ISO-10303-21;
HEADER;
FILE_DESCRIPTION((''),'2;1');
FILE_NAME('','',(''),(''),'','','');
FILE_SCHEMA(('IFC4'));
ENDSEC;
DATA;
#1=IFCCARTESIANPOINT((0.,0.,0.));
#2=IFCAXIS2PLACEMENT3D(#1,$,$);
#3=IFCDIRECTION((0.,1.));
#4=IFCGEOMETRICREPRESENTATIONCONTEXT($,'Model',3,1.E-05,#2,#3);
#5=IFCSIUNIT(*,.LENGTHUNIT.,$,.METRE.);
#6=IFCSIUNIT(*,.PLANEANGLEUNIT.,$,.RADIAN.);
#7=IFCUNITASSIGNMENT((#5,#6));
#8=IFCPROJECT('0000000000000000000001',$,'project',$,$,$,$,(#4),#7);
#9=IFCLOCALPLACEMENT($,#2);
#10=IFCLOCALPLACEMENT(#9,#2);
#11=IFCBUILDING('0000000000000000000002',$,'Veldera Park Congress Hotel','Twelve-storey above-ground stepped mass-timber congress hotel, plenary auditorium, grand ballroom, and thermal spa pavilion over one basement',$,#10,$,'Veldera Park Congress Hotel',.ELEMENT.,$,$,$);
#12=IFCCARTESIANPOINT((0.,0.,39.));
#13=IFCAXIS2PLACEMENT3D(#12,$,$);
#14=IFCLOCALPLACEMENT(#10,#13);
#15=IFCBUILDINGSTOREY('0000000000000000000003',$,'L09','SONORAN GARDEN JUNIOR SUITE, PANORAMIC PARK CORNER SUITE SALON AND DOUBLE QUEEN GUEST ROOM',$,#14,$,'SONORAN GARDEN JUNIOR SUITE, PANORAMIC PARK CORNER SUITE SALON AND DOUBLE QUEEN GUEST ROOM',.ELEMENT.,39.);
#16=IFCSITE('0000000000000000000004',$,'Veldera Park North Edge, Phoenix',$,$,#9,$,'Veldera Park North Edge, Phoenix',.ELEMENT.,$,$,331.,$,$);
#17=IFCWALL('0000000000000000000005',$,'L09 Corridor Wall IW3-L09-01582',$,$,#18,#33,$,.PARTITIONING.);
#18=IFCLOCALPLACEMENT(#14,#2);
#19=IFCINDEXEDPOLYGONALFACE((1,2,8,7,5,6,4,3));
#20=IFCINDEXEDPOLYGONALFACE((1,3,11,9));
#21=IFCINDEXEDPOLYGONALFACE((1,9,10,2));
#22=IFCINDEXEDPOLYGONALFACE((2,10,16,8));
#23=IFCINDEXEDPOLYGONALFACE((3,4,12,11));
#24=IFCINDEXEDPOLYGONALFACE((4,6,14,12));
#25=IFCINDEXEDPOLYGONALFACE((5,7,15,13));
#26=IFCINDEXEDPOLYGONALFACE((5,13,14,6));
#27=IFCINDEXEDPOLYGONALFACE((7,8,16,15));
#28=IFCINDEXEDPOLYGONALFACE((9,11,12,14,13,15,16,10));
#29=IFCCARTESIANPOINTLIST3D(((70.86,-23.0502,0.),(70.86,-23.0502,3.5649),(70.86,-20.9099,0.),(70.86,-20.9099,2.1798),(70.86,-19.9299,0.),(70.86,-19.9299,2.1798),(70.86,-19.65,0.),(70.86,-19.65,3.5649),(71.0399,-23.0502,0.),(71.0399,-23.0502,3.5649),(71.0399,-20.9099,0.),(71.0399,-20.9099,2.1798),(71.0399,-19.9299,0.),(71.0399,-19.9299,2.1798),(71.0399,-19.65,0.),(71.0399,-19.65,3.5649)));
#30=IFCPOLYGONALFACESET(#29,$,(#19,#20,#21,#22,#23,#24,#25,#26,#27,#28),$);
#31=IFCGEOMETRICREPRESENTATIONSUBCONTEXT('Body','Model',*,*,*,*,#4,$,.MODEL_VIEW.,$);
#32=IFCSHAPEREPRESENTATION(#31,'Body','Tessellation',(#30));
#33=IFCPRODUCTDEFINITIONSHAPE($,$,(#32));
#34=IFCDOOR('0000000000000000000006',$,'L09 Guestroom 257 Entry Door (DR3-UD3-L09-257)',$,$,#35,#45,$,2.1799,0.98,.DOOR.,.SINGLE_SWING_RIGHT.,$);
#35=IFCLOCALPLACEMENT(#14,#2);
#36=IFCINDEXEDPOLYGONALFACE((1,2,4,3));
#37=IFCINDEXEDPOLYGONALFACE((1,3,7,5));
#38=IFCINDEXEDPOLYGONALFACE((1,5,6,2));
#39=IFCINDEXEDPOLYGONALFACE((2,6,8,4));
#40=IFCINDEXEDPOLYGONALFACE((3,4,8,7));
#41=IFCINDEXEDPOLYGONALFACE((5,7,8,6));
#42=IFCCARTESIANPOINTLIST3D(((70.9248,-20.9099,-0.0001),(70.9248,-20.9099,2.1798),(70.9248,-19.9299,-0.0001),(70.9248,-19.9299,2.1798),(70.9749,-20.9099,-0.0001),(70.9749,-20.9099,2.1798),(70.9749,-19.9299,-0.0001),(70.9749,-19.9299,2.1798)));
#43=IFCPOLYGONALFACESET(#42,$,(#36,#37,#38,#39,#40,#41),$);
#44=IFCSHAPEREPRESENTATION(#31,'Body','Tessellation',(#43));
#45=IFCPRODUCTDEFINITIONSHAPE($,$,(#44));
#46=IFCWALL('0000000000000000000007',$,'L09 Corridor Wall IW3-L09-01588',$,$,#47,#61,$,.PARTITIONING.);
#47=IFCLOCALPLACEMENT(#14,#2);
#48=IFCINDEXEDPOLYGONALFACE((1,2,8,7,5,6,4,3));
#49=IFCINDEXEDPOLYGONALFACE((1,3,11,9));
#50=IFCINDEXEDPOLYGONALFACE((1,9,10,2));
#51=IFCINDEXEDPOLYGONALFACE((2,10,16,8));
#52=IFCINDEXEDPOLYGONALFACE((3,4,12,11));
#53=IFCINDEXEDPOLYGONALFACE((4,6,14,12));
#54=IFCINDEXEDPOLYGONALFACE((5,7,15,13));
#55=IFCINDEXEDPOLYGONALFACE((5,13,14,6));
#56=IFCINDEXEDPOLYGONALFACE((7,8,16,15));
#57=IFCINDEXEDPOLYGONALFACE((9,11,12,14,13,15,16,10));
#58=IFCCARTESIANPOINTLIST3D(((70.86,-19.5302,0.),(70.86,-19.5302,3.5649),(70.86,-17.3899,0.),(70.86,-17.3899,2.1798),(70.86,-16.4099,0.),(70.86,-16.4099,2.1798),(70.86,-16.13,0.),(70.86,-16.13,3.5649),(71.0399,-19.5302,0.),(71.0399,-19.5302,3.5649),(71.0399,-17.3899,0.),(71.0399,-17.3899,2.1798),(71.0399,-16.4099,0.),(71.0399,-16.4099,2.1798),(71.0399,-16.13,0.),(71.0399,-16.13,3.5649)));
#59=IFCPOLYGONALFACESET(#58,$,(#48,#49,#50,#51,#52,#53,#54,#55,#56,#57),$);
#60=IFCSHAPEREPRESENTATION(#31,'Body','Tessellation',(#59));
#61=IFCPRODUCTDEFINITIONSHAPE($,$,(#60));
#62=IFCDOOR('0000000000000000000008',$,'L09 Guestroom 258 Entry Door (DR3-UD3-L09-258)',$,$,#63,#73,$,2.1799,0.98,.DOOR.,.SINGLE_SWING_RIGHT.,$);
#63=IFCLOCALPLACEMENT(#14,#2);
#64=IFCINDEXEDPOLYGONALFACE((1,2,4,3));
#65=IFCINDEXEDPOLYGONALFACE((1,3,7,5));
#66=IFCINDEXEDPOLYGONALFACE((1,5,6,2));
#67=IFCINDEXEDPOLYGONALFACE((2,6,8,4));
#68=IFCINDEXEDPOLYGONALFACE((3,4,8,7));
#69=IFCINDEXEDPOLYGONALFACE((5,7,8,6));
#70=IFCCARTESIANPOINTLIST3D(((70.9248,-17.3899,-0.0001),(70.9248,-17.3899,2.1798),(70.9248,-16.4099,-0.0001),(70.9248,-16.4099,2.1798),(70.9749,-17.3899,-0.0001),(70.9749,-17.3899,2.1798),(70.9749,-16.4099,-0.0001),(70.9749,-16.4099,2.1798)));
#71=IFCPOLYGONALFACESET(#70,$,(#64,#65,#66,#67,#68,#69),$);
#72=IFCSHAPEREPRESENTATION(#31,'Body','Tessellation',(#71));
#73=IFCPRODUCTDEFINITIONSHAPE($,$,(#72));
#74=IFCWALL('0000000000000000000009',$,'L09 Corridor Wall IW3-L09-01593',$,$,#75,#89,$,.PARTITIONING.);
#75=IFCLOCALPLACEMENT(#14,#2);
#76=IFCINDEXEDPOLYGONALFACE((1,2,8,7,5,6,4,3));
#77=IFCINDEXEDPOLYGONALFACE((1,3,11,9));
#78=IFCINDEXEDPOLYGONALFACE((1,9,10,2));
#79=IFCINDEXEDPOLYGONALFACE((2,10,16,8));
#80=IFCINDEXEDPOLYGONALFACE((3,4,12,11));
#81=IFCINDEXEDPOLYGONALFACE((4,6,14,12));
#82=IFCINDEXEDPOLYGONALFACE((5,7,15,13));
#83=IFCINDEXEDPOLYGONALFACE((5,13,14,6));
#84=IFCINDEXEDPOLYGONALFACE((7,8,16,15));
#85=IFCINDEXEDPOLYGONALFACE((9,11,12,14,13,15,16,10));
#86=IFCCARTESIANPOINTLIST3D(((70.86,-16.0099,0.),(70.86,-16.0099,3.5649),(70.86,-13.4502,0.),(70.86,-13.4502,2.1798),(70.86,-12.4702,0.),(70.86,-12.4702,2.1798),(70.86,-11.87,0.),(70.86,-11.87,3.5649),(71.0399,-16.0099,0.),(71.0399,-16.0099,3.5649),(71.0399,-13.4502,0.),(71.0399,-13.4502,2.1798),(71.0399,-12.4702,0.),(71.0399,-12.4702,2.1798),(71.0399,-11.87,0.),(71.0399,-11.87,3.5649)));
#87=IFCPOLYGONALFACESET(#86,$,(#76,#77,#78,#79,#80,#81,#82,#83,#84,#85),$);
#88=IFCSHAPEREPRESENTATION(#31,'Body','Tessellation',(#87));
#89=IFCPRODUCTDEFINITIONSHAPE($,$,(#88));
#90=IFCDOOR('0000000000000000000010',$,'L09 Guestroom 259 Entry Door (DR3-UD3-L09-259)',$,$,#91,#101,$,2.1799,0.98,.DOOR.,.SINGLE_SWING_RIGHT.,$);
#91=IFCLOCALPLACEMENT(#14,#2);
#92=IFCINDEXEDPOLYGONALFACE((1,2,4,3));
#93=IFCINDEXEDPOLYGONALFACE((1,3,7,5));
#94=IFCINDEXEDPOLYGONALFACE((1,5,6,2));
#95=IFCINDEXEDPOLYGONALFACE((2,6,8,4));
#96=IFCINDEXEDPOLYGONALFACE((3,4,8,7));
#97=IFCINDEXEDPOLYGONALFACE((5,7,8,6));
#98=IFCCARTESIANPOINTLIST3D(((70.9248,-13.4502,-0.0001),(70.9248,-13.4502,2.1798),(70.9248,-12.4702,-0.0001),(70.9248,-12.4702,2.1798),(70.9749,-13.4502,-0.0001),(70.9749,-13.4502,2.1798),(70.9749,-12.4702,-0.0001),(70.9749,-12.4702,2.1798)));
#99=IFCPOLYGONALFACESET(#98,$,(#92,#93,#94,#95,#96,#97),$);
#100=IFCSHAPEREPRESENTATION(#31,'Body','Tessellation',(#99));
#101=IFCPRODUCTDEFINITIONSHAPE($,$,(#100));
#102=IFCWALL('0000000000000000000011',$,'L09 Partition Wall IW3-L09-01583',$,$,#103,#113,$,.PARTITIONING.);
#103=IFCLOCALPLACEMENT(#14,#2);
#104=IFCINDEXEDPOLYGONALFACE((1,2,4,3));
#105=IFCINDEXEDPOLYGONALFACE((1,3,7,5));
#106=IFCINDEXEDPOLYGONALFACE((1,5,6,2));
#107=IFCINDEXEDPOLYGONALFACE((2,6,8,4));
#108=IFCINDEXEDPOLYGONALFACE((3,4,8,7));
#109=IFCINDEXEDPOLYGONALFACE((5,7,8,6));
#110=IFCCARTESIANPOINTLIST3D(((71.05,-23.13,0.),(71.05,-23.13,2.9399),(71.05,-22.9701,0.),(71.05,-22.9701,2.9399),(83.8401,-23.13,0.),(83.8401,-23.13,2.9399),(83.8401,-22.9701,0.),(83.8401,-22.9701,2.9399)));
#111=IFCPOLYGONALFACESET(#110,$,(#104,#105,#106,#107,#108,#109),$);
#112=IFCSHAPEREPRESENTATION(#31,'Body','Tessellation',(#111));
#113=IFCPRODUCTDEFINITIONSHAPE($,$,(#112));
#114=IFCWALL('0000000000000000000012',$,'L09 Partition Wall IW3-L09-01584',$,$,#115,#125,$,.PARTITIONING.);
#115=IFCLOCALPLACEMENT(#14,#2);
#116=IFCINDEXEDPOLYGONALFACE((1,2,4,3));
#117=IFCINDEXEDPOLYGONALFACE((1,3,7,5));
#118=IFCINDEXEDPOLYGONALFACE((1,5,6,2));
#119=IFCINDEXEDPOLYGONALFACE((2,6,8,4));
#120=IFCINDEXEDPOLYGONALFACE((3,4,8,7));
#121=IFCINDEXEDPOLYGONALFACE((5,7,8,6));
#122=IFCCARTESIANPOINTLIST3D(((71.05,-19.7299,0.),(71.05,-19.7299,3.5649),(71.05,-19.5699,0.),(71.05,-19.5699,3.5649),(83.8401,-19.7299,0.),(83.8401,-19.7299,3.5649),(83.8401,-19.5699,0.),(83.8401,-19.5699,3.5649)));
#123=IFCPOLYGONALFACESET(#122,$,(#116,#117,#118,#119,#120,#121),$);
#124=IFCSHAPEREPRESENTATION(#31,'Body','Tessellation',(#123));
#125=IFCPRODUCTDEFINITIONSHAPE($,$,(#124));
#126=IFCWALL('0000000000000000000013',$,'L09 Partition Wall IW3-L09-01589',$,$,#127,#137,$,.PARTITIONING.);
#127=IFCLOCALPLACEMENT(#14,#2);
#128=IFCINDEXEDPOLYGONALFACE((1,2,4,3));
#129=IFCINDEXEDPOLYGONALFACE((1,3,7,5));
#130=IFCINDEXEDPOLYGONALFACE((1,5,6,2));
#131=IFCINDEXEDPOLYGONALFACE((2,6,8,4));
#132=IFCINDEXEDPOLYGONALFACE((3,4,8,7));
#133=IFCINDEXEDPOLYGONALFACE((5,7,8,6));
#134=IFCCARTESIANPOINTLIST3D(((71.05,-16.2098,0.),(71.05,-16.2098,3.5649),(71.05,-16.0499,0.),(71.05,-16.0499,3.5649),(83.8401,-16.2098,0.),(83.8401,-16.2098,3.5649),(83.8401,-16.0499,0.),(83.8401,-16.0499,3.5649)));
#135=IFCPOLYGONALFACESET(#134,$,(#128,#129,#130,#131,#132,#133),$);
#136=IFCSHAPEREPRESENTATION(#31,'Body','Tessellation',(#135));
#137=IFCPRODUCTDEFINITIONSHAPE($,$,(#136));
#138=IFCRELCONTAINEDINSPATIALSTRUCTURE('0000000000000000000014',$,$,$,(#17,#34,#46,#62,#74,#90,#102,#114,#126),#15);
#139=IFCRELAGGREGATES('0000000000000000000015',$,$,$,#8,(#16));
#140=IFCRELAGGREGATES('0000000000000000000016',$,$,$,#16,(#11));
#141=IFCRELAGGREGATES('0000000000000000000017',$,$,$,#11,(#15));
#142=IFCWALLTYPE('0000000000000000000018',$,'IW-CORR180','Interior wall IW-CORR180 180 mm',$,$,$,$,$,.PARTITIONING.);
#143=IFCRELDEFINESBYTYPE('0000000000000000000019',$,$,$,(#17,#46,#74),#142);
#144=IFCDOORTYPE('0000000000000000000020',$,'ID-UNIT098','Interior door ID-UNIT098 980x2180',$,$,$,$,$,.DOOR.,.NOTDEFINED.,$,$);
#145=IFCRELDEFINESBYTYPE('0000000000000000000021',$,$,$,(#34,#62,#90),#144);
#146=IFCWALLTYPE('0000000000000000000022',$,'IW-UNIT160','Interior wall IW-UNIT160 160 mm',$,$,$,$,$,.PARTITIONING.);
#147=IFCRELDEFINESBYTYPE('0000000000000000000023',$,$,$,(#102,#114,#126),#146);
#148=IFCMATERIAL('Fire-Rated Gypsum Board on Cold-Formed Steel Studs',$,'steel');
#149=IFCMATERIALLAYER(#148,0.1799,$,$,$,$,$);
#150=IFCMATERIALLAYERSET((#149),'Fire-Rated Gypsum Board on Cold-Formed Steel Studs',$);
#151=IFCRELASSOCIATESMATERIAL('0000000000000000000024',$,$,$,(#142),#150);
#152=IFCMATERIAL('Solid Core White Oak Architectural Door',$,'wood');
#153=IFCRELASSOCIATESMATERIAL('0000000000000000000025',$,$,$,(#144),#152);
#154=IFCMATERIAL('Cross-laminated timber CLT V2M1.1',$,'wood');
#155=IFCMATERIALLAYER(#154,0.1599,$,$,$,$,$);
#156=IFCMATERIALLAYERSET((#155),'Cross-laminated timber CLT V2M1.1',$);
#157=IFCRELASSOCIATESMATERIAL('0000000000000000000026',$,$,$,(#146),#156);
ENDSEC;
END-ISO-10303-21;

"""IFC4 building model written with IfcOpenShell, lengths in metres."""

from ifc_helpers import new_model, si_unit, direction, frame, frame_2d, origin, place, context, subcontext, project, spatial, rectangle, extrude, material, layer, layer_set, type_object, element, fill, save


model = new_model("IFC4")

# Units and contexts
model_context = context("Model", 3, precision=1e-05, world=origin(), true_north=direction((0.0, 1.0)))
body_context = subcontext(model_context, "Body", "Model", "MODEL_VIEW")
ifc_project = project(units=[si_unit("LENGTHUNIT", "METRE"), si_unit("PLANEANGLEUNIT", "RADIAN")], contexts=[model_context])

# Site, building, storey
site_placement = place(None, origin())
site = spatial("IfcSite", under=ifc_project, at=site_placement, Name="Veldera Park North Edge, Phoenix", LongName="Veldera Park North Edge, Phoenix", CompositionType="ELEMENT", RefElevation=331.0)
building_placement = place(site_placement, origin())
building = spatial("IfcBuilding", under=site, at=building_placement, Name="Veldera Park Congress Hotel", Description="Twelve-storey above-ground stepped mass-timber congress hotel, plenary auditorium, grand ballroom, and thermal spa pavilion over one basement", LongName="Veldera Park Congress Hotel", CompositionType="ELEMENT")
storey_placement = place(building_placement, frame((0.0, 0.0, 39.0)))
storey = spatial("IfcBuildingStorey", under=building, at=storey_placement, Name="L09", Description="SONORAN GARDEN JUNIOR SUITE, PANORAMIC PARK CORNER SUITE SALON AND DOUBLE QUEEN GUEST ROOM", LongName="SONORAN GARDEN JUNIOR SUITE, PANORAMIC PARK CORNER SUITE SALON AND DOUBLE QUEEN GUEST ROOM", CompositionType="ELEMENT", Elevation=39.0)

# Shared definitions
ifc_material_1 = material(Name="Cross-laminated timber CLT V2M1.1", Category="wood")

# Shared definitions
ifc_material_2 = material(Name="Fire-Rated Gypsum Board on Cold-Formed Steel Studs", Category="steel")
ifc_layer_1 = layer(ifc_material_2, 0.1799)
ifc_layer_set_1 = layer_set([ifc_layer_1], Name="Fire-Rated Gypsum Board on Cold-Formed Steel Studs")
wall_type_1 = type_object("IfcWallType", Name="IW-CORR180", Description="Interior wall IW-CORR180 180 mm", PredefinedType="PARTITIONING", material=ifc_layer_set_1)
ifc_material_3 = material(Name="Solid Core White Oak Architectural Door", Category="wood")

# Walls, openings, doors
wall_1_placement = place(storey_placement, frame((70.95, -19.6499, 0.0), z_axis=(0.0, 0.0, 1.0), x_axis=(0.0, -1.0, 0.0)))
wall_1 = element("IfcWall", 1, at=wall_1_placement, inside=storey, type_object=wall_type_1, Name="L09 Corridor Wall IW3-L09-01582", PredefinedType="PARTITIONING", context=body_context, shape_type="SweptSolid", body=[
    extrude(rectangle(XDim=3.4001, YDim=0.1799, at=frame_2d((1.7002, 0.0))), origin(), (0.0, 0.0, 1.0), 3.5649),
])
opening_1_placement = place(wall_1_placement, frame((0.28, 0.0, 0.0)))
opening_1 = element("IfcOpeningElement", 2, at=opening_1_placement, cuts=wall_1, PredefinedType="OPENING", context=body_context, shape_type="SweptSolid", body=[
    extrude(rectangle(XDim=0.98, YDim=2.1799, at=frame_2d((0.49, 1.0898))), frame((0.0, 0.1021, 0.0), z_axis=(0.0, -1.0, 0.0), x_axis=(1.0, 0.0, 0.0)), (0.0, 0.0, 1.0), 0.2039),
])
door_type_1 = type_object("IfcDoorType", Name="ID-UNIT098", Description="Interior door ID-UNIT098 980x2180", OperationType="NOTDEFINED", PredefinedType="DOOR", material=ifc_material_3)
door_1_placement = place(opening_1_placement, origin())
door_1 = element("IfcDoor", 3, at=door_1_placement, inside=storey, type_object=door_type_1, Name="L09 Guestroom 257 Entry Door (DR3-UD3-L09-257)", OperationType="SINGLE_SWING_RIGHT", OverallHeight=2.1799, OverallWidth=0.98, PredefinedType="DOOR", context=body_context, shape_type="SweptSolid", body=[
    extrude(rectangle(XDim=0.98, YDim=2.1799, at=frame_2d((0.49, 1.0898))), frame((0.0, 0.0249, 0.0), z_axis=(0.0, -1.0, 0.0), x_axis=(1.0, 0.0, 0.0)), (0.0, 0.0, 1.0), 0.05),
])
fill(opening_1, door_1)
wall_2_placement = place(storey_placement, frame((70.95, -16.1299, 0.0), z_axis=(0.0, 0.0, 1.0), x_axis=(0.0, -1.0, 0.0)))
wall_2 = element("IfcWall", 4, at=wall_2_placement, inside=storey, type_object=wall_type_1, Name="L09 Corridor Wall IW3-L09-01588", PredefinedType="PARTITIONING", context=body_context, shape_type="SweptSolid", body=[
    extrude(rectangle(XDim=3.4001, YDim=0.1799, at=frame_2d((1.7002, 0.0))), origin(), (0.0, 0.0, 1.0), 3.5649),
])
opening_2_placement = place(wall_2_placement, frame((0.28, 0.0, 0.0)))
opening_2 = element("IfcOpeningElement", 5, at=opening_2_placement, cuts=wall_2, PredefinedType="OPENING", context=body_context, shape_type="SweptSolid", body=[
    extrude(rectangle(XDim=0.98, YDim=2.1799, at=frame_2d((0.49, 1.0898))), frame((0.0, 0.1021, 0.0), z_axis=(0.0, -1.0, 0.0), x_axis=(1.0, 0.0, 0.0)), (0.0, 0.0, 1.0), 0.2039),
])
door_2_placement = place(opening_2_placement, origin())
door_2 = element("IfcDoor", 6, at=door_2_placement, inside=storey, type_object=door_type_1, Name="L09 Guestroom 258 Entry Door (DR3-UD3-L09-258)", OperationType="SINGLE_SWING_RIGHT", OverallHeight=2.1799, OverallWidth=0.98, PredefinedType="DOOR", context=body_context, shape_type="SweptSolid", body=[
    extrude(rectangle(XDim=0.98, YDim=2.1799, at=frame_2d((0.49, 1.0898))), frame((0.0, 0.0249, 0.0), z_axis=(0.0, -1.0, 0.0), x_axis=(1.0, 0.0, 0.0)), (0.0, 0.0, 1.0), 0.05),
])
fill(opening_2, door_2)
wall_3_placement = place(storey_placement, frame((70.95, -11.8701, 0.0), z_axis=(0.0, 0.0, 1.0), x_axis=(0.0, -1.0, 0.0)))
wall_3 = element("IfcWall", 7, at=wall_3_placement, inside=storey, type_object=wall_type_1, Name="L09 Corridor Wall IW3-L09-01593", PredefinedType="PARTITIONING", context=body_context, shape_type="SweptSolid", body=[
    extrude(rectangle(XDim=4.1399, YDim=0.1799, at=frame_2d((2.0698, 0.0))), origin(), (0.0, 0.0, 1.0), 3.5649),
])
opening_3_placement = place(wall_3_placement, frame((0.6001, 0.0, 0.0)))
opening_3 = element("IfcOpeningElement", 8, at=opening_3_placement, cuts=wall_3, PredefinedType="OPENING", context=body_context, shape_type="SweptSolid", body=[
    extrude(rectangle(XDim=0.98, YDim=2.1799, at=frame_2d((0.49, 1.0898))), frame((0.0, 0.1021, 0.0), z_axis=(0.0, -1.0, 0.0), x_axis=(1.0, 0.0, 0.0)), (0.0, 0.0, 1.0), 0.2039),
])
door_3_placement = place(opening_3_placement, origin())
door_3 = element("IfcDoor", 9, at=door_3_placement, inside=storey, type_object=door_type_1, Name="L09 Guestroom 259 Entry Door (DR3-UD3-L09-259)", OperationType="SINGLE_SWING_RIGHT", OverallHeight=2.1799, OverallWidth=0.98, PredefinedType="DOOR", context=body_context, shape_type="SweptSolid", body=[
    extrude(rectangle(XDim=0.98, YDim=2.1799, at=frame_2d((0.49, 1.0898))), frame((0.0, 0.0249, 0.0), z_axis=(0.0, -1.0, 0.0), x_axis=(1.0, 0.0, 0.0)), (0.0, 0.0, 1.0), 0.05),
])
fill(opening_3, door_3)

# Walls
ifc_layer_2 = layer(ifc_material_1, 0.1599)
ifc_layer_set_2 = layer_set([ifc_layer_2], Name="Cross-laminated timber CLT V2M1.1")
wall_type_2 = type_object("IfcWallType", Name="IW-UNIT160", Description="Interior wall IW-UNIT160 160 mm", PredefinedType="PARTITIONING", material=ifc_layer_set_2)
wall_4_placement = place(storey_placement, frame((71.05, -23.05, 0.0), z_axis=(0.0, 0.0, 1.0), x_axis=(1.0, 0.0, 0.0)))
element("IfcWall", 10, at=wall_4_placement, inside=storey, type_object=wall_type_2, Name="L09 Partition Wall IW3-L09-01583", PredefinedType="PARTITIONING", context=body_context, shape_type="SweptSolid", body=[
    extrude(rectangle(XDim=12.79, YDim=0.1599, at=frame_2d((6.395, 0.0))), origin(), (0.0, 0.0, 1.0), 2.9399),
])
for number, where, z_axis, x_axis, name in (
    (11, (71.05, -19.6499, 0.0), (0.0, 0.0, 1.0), (1.0, 0.0, 0.0), "L09 Partition Wall IW3-L09-01584"),
    (12, (71.05, -16.1299, 0.0), (0.0, 0.0, 1.0), (1.0, 0.0, 0.0), "L09 Partition Wall IW3-L09-01589"),
):
    element("IfcWall", number, at=place(storey_placement, frame(where, z_axis=z_axis, x_axis=x_axis)), inside=storey, type_object=wall_type_2, Name=name, PredefinedType="PARTITIONING", context=body_context, shape_type="SweptSolid", body=[
        extrude(rectangle(XDim=12.79, YDim=0.1599, at=frame_2d((6.395, 0.0))), origin(), (0.0, 0.0, 1.0), 3.5649),
    ])

save(model, "model.ifc")
